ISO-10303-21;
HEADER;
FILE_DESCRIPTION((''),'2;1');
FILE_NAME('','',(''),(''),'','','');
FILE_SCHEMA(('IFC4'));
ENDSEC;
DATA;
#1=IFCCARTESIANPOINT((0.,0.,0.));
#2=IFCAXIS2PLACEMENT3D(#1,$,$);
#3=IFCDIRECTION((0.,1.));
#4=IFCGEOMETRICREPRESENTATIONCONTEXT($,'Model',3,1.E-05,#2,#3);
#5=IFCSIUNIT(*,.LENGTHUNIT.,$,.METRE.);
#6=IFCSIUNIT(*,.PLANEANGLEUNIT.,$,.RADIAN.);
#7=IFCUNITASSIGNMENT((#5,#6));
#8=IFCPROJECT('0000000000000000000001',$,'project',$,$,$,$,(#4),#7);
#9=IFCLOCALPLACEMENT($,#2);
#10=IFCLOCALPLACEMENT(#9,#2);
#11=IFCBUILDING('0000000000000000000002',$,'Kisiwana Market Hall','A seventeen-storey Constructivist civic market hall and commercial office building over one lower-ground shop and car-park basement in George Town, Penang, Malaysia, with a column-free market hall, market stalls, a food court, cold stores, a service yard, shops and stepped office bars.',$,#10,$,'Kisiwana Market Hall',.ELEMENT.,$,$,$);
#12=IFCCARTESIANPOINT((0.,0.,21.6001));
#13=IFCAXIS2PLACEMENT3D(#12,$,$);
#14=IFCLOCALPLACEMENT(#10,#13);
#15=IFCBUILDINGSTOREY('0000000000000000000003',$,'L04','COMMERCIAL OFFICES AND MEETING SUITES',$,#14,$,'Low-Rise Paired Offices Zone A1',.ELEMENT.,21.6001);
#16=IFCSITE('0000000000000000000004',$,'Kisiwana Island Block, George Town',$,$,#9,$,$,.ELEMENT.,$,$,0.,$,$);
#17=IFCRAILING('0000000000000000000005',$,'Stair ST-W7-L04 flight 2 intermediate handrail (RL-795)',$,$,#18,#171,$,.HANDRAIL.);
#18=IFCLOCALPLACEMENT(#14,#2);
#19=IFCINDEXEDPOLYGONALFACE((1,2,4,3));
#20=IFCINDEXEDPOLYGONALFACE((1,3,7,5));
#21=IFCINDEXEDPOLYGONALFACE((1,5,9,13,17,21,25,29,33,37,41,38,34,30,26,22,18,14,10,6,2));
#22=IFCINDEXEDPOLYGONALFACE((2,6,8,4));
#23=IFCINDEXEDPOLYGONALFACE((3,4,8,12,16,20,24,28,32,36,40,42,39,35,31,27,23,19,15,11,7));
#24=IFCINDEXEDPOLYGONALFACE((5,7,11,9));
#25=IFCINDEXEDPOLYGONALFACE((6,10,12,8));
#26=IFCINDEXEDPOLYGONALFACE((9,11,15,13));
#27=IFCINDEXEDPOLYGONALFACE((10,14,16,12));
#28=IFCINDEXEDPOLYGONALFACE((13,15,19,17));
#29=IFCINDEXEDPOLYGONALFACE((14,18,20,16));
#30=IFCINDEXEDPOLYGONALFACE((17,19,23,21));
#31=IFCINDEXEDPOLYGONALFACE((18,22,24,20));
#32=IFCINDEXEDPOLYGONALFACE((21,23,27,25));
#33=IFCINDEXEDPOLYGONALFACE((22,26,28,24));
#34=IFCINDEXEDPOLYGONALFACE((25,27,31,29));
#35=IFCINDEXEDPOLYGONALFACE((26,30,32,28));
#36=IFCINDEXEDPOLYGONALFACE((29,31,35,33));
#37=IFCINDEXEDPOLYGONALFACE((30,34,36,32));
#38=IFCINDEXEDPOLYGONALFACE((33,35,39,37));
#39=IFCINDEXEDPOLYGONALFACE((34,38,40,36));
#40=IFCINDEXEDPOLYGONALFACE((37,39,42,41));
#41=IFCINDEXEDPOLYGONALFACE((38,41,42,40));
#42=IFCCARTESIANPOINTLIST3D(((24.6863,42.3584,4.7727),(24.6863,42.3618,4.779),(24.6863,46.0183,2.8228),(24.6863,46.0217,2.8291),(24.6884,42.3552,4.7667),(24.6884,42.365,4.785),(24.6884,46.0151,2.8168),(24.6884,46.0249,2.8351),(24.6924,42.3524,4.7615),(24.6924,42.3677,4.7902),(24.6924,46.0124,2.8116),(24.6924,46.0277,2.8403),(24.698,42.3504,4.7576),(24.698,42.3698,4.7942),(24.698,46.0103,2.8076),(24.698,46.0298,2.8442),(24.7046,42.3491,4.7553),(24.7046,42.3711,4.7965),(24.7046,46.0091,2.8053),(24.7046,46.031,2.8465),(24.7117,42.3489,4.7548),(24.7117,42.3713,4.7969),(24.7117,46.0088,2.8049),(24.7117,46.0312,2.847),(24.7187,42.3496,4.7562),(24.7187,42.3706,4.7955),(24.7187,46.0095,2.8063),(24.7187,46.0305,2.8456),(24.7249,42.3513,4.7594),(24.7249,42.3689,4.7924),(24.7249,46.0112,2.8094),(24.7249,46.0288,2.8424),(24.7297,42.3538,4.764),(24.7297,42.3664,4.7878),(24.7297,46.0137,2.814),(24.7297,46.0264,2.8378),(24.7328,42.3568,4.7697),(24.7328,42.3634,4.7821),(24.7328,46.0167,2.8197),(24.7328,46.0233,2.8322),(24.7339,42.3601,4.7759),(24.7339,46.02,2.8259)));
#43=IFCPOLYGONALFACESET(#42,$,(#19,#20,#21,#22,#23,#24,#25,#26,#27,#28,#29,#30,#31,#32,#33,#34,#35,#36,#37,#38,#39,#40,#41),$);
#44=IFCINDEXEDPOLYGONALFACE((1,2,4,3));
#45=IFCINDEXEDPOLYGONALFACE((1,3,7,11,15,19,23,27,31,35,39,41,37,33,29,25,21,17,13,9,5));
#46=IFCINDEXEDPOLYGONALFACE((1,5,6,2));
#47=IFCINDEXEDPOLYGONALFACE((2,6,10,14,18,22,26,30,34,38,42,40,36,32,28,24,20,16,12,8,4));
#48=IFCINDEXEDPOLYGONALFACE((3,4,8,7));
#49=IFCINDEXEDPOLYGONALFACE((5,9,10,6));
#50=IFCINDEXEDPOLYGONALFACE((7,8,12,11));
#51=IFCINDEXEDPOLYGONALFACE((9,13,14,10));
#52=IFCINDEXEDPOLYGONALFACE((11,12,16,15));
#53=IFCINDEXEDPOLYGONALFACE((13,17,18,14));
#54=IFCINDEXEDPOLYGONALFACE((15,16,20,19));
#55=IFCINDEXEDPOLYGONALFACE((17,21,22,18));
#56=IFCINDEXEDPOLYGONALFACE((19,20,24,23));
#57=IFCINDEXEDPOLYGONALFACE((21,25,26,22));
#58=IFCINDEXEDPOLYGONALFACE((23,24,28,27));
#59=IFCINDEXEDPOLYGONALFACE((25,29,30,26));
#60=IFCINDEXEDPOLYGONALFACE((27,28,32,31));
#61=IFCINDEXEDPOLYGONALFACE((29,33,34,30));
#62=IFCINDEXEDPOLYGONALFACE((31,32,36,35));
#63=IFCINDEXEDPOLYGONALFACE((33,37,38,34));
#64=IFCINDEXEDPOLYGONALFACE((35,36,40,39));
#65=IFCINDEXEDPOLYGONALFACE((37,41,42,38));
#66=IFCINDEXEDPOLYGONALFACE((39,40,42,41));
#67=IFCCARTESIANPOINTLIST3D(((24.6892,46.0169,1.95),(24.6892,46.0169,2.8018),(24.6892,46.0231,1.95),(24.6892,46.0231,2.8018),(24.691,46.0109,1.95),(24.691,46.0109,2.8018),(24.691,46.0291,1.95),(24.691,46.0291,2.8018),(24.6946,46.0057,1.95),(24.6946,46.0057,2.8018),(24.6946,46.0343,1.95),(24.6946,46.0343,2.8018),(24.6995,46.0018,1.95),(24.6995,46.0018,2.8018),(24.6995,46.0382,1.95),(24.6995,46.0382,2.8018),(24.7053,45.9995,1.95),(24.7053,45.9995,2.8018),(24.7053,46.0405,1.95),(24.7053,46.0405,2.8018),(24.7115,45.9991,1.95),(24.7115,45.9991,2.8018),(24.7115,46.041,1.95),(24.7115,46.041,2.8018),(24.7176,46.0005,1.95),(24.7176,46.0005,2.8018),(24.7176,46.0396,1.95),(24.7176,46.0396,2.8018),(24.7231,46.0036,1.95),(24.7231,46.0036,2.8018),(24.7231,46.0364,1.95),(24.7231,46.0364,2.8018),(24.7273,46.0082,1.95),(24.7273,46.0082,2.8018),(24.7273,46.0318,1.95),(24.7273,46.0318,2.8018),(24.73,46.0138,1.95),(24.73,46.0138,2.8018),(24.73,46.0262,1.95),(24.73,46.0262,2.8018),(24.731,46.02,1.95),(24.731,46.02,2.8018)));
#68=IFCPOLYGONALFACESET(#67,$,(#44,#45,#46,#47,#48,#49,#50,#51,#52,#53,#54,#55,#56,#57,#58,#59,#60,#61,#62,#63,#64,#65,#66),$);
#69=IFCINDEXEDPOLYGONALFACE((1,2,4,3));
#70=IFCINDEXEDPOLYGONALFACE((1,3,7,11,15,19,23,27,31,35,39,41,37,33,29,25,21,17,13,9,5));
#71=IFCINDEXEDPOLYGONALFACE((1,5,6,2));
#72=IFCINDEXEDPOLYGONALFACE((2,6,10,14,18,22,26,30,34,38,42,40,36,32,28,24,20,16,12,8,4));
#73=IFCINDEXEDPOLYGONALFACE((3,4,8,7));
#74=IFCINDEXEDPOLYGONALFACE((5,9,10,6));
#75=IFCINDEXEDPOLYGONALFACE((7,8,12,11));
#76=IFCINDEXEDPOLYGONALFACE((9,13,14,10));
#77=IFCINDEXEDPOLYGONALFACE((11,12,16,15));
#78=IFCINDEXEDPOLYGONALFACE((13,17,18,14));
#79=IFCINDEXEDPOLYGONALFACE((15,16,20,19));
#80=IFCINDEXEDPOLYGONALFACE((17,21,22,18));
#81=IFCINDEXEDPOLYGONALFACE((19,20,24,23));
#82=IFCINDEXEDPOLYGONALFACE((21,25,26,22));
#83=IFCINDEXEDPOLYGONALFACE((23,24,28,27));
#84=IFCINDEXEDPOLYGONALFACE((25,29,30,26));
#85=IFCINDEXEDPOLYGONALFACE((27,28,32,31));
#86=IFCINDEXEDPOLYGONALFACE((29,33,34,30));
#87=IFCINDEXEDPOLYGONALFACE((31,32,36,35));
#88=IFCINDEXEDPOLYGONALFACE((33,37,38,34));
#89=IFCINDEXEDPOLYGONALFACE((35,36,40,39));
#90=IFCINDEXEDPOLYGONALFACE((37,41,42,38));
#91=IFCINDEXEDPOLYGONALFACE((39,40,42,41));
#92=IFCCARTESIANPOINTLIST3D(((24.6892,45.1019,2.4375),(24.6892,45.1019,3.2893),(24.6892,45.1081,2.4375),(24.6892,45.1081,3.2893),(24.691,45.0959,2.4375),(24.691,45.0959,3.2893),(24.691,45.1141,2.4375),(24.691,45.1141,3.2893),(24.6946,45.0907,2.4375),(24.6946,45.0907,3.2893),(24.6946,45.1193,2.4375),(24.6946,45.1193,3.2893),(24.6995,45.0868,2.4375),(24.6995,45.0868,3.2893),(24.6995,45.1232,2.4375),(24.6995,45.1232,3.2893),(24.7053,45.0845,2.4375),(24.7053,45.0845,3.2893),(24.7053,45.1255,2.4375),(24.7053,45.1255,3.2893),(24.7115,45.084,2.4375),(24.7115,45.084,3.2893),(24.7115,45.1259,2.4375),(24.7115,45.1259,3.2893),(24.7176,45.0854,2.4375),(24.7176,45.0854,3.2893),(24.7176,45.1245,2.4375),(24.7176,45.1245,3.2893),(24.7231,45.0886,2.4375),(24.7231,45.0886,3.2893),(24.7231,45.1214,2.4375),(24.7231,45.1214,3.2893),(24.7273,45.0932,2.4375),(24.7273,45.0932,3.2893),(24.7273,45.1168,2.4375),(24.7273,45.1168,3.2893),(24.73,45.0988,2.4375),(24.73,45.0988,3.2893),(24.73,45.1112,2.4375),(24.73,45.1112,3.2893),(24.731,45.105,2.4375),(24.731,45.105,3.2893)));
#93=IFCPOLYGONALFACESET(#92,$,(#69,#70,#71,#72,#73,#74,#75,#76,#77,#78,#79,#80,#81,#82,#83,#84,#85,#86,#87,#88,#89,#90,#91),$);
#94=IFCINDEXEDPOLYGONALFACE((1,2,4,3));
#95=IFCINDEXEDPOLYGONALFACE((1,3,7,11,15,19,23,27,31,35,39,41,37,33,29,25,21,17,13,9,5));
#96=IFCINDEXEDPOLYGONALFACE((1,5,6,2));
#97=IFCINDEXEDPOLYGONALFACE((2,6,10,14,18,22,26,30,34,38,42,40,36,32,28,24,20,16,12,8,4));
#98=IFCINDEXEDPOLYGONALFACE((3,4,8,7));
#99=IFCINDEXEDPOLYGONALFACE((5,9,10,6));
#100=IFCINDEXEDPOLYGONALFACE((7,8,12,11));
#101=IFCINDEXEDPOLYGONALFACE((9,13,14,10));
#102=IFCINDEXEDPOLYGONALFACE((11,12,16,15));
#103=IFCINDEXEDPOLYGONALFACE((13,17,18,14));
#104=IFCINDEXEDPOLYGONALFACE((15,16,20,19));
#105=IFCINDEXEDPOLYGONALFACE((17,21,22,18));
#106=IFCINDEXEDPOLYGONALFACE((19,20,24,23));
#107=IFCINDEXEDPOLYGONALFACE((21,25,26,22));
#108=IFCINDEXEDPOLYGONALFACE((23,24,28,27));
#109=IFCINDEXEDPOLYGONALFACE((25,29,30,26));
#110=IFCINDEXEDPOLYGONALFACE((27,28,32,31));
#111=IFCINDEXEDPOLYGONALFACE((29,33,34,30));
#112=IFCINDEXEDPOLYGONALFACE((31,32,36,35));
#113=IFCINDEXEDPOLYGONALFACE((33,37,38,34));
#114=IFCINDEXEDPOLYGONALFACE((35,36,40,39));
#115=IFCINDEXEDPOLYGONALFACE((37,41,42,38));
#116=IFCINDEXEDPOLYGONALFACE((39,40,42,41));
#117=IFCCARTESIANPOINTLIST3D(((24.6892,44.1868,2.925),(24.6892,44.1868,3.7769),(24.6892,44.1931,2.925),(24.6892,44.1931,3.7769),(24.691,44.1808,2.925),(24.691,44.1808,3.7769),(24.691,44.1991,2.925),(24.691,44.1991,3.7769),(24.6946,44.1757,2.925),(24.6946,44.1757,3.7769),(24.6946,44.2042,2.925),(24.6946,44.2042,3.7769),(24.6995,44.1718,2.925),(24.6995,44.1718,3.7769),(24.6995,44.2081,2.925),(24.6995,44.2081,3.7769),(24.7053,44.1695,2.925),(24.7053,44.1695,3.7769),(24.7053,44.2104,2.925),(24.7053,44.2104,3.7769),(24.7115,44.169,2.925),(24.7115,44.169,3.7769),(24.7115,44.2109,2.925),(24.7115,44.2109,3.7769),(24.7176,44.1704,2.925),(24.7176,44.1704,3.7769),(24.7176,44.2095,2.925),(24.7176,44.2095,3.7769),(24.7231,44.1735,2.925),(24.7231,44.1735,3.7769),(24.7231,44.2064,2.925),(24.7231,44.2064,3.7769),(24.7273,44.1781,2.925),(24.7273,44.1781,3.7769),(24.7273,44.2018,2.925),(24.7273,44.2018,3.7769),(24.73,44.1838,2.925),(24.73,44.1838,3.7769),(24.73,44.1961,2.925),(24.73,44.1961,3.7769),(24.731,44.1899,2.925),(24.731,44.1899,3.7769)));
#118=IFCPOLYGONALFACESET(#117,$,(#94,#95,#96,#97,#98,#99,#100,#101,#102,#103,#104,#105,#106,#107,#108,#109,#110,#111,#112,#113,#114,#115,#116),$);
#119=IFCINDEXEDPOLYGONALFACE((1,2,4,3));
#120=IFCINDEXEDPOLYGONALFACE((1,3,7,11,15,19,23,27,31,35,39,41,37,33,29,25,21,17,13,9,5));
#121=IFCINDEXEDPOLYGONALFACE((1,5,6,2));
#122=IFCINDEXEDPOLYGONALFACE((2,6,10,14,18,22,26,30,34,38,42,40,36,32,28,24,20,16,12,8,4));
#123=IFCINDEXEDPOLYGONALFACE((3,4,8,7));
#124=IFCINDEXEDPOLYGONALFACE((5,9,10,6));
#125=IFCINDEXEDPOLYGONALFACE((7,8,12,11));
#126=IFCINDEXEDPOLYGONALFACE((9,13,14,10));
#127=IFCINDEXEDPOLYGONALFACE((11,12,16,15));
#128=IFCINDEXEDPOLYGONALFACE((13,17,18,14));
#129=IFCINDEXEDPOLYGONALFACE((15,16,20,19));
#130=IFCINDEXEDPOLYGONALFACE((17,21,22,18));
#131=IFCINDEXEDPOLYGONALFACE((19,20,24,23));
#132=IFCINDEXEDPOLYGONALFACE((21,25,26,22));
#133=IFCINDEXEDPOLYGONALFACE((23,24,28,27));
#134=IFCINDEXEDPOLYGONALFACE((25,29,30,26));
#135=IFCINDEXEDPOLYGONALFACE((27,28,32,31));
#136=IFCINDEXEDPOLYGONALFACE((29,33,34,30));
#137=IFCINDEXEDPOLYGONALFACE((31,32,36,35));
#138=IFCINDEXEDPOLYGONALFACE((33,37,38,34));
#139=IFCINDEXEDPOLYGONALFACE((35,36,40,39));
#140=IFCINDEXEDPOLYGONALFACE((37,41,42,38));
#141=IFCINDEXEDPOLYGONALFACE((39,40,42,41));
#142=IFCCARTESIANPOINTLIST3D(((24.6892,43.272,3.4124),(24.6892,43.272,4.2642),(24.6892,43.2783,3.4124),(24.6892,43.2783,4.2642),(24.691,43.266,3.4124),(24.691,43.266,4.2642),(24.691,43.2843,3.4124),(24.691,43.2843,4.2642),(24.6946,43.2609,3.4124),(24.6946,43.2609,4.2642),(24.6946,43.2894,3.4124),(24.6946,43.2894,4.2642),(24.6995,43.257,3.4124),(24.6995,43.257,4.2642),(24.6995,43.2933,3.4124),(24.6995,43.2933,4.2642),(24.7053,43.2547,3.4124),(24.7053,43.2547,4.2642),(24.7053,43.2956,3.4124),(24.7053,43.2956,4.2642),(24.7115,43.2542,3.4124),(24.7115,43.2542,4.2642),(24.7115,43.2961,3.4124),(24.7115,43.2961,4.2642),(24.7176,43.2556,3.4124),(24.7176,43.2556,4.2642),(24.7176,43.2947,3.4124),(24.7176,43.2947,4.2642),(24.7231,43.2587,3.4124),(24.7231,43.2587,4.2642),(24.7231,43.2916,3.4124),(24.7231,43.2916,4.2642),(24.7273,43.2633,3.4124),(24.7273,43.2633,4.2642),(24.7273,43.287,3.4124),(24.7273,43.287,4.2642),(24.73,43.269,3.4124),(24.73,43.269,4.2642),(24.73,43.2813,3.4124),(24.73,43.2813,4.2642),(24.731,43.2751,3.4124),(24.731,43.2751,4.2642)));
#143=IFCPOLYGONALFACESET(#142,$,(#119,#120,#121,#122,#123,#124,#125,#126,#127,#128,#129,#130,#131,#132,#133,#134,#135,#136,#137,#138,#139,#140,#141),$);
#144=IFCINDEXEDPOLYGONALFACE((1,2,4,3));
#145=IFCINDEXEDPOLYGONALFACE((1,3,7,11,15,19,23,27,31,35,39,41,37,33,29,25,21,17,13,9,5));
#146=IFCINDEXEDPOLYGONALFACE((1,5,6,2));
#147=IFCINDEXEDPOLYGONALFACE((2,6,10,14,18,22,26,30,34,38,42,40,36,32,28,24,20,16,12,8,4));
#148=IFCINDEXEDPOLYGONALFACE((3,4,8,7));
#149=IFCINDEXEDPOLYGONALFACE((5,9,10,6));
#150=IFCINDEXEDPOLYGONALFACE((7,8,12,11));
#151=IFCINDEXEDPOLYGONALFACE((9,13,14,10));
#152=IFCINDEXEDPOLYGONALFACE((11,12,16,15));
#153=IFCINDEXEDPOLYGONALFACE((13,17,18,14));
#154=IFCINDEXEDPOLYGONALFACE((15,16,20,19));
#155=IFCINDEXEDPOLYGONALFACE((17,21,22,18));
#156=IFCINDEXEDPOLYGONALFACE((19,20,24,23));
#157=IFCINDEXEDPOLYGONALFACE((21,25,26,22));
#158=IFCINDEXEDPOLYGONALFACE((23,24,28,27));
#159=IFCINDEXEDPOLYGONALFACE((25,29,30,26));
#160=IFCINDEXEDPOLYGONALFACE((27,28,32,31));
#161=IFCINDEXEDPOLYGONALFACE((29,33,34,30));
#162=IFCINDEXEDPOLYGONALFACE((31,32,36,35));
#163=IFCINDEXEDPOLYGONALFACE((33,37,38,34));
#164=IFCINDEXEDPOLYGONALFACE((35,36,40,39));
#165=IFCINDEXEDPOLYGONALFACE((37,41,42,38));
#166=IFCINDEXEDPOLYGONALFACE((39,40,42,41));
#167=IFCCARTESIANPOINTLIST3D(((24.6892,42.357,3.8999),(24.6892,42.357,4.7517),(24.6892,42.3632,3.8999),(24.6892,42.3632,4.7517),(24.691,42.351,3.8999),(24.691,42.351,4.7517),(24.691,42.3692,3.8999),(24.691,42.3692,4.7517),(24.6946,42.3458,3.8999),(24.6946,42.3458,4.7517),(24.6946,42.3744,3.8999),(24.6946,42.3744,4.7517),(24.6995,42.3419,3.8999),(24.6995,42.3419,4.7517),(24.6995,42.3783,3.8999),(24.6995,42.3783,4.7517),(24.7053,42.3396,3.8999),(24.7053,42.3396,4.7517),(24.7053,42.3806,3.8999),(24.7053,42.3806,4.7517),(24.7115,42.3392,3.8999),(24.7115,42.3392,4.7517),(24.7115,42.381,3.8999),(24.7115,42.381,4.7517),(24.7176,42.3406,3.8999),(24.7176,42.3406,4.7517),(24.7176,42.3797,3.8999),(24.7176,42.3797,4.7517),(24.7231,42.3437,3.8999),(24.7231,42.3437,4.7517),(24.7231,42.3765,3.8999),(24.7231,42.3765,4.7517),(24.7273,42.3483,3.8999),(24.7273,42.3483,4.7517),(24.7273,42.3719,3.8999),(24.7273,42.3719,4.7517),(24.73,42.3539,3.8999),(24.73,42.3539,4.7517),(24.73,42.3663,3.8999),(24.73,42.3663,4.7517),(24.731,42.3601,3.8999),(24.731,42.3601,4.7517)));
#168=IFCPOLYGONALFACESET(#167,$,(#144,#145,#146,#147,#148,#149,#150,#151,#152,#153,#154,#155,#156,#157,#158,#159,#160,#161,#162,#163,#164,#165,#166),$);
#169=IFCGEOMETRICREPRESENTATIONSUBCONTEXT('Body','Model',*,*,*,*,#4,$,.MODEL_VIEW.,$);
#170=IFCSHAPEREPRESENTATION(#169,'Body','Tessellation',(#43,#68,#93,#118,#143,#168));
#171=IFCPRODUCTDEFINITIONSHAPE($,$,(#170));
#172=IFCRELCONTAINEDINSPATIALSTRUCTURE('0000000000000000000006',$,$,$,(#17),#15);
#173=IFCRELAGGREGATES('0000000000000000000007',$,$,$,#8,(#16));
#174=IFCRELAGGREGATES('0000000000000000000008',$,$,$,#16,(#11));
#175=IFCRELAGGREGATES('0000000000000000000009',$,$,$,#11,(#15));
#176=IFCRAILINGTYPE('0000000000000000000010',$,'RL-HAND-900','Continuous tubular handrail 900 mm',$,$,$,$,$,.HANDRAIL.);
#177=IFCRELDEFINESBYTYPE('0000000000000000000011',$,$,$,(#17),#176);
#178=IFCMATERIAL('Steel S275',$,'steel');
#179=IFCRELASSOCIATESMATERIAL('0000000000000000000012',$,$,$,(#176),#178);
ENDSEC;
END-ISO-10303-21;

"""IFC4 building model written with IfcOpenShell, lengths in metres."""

from ifc_helpers import new_model, si_unit, direction, frame, origin, origin_2d, place, context, subcontext, project, spatial, circle, extrude, material, type_object, element, save


model = new_model("IFC4")

# Units and contexts
model_context = context("Model", 3, precision=1e-05, world=origin(), true_north=direction((0.0, 1.0)))
body_context = subcontext(model_context, "Body", "Model", "MODEL_VIEW")
ifc_project = project(units=[si_unit("LENGTHUNIT", "METRE"), si_unit("PLANEANGLEUNIT", "RADIAN")], contexts=[model_context])

# Site, building, storey
site_placement = place(None, origin())
site = spatial("IfcSite", under=ifc_project, at=site_placement, Name="Kisiwana Island Block, George Town", CompositionType="ELEMENT", RefElevation=0.0)
building_placement = place(site_placement, origin())
building = spatial("IfcBuilding", under=site, at=building_placement, Name="Kisiwana Market Hall", Description="A seventeen-storey Constructivist civic market hall and commercial office building over one lower-ground shop and car-park basement in George Town, Penang, Malaysia, with a column-free market hall, market stalls, a food court, cold stores, a service yard, shops and stepped office bars.", LongName="Kisiwana Market Hall", CompositionType="ELEMENT")
storey_placement = place(building_placement, frame((0.0, 0.0, 21.6001)))
storey = spatial("IfcBuildingStorey", under=building, at=storey_placement, Name="L04", Description="COMMERCIAL OFFICES AND MEETING SUITES", LongName="Low-Rise Paired Offices Zone A1", CompositionType="ELEMENT", Elevation=21.6001)

# Railing
ifc_material_1 = material(Name="Steel S275", Category="steel")
railing_type_1 = type_object("IfcRailingType", Name="RL-HAND-900", Description="Continuous tubular handrail 900 mm", PredefinedType="HANDRAIL", material=ifc_material_1)
for number, where, name in (
    (1, (24.71, 46.02, 1.95), "Stair ST-W7-L04 flight 2 intermediate handrail (RL-795)"),
):
    element("IfcRailing", number, at=place(storey_placement, frame(where)), inside=storey, type_object=railing_type_1, Name=name, PredefinedType="HANDRAIL", context=body_context, shape_type="SweptSolid", body=[
        extrude(circle(Radius=0.0239, at=origin_2d()), frame((0.0, 0.0, 0.876), z_axis=(0.0, -0.882553, 0.470212), x_axis=(1.0, 0.0, 0.0)), (0.0, 0.0, 1.0), 4.147),
        extrude(circle(Radius=0.021, at=origin_2d()), origin(), (0.0, 0.0, 1.0), 0.8518),
        extrude(circle(Radius=0.021, at=origin_2d()), frame((0.0, -0.915, 0.4875)), (0.0, 0.0, 1.0), 0.8518),
        extrude(circle(Radius=0.021, at=origin_2d()), frame((0.0, -1.8301, 0.9751)), (0.0, 0.0, 1.0), 0.8518),
        extrude(circle(Radius=0.021, at=origin_2d()), frame((0.0, -2.7449, 1.4624)), (0.0, 0.0, 1.0), 0.8518),
        extrude(circle(Radius=0.021, at=origin_2d()), frame((0.0, -3.6599, 1.95)), (0.0, 0.0, 1.0), 0.8518),
    ])

save(model, "model.ifc")
